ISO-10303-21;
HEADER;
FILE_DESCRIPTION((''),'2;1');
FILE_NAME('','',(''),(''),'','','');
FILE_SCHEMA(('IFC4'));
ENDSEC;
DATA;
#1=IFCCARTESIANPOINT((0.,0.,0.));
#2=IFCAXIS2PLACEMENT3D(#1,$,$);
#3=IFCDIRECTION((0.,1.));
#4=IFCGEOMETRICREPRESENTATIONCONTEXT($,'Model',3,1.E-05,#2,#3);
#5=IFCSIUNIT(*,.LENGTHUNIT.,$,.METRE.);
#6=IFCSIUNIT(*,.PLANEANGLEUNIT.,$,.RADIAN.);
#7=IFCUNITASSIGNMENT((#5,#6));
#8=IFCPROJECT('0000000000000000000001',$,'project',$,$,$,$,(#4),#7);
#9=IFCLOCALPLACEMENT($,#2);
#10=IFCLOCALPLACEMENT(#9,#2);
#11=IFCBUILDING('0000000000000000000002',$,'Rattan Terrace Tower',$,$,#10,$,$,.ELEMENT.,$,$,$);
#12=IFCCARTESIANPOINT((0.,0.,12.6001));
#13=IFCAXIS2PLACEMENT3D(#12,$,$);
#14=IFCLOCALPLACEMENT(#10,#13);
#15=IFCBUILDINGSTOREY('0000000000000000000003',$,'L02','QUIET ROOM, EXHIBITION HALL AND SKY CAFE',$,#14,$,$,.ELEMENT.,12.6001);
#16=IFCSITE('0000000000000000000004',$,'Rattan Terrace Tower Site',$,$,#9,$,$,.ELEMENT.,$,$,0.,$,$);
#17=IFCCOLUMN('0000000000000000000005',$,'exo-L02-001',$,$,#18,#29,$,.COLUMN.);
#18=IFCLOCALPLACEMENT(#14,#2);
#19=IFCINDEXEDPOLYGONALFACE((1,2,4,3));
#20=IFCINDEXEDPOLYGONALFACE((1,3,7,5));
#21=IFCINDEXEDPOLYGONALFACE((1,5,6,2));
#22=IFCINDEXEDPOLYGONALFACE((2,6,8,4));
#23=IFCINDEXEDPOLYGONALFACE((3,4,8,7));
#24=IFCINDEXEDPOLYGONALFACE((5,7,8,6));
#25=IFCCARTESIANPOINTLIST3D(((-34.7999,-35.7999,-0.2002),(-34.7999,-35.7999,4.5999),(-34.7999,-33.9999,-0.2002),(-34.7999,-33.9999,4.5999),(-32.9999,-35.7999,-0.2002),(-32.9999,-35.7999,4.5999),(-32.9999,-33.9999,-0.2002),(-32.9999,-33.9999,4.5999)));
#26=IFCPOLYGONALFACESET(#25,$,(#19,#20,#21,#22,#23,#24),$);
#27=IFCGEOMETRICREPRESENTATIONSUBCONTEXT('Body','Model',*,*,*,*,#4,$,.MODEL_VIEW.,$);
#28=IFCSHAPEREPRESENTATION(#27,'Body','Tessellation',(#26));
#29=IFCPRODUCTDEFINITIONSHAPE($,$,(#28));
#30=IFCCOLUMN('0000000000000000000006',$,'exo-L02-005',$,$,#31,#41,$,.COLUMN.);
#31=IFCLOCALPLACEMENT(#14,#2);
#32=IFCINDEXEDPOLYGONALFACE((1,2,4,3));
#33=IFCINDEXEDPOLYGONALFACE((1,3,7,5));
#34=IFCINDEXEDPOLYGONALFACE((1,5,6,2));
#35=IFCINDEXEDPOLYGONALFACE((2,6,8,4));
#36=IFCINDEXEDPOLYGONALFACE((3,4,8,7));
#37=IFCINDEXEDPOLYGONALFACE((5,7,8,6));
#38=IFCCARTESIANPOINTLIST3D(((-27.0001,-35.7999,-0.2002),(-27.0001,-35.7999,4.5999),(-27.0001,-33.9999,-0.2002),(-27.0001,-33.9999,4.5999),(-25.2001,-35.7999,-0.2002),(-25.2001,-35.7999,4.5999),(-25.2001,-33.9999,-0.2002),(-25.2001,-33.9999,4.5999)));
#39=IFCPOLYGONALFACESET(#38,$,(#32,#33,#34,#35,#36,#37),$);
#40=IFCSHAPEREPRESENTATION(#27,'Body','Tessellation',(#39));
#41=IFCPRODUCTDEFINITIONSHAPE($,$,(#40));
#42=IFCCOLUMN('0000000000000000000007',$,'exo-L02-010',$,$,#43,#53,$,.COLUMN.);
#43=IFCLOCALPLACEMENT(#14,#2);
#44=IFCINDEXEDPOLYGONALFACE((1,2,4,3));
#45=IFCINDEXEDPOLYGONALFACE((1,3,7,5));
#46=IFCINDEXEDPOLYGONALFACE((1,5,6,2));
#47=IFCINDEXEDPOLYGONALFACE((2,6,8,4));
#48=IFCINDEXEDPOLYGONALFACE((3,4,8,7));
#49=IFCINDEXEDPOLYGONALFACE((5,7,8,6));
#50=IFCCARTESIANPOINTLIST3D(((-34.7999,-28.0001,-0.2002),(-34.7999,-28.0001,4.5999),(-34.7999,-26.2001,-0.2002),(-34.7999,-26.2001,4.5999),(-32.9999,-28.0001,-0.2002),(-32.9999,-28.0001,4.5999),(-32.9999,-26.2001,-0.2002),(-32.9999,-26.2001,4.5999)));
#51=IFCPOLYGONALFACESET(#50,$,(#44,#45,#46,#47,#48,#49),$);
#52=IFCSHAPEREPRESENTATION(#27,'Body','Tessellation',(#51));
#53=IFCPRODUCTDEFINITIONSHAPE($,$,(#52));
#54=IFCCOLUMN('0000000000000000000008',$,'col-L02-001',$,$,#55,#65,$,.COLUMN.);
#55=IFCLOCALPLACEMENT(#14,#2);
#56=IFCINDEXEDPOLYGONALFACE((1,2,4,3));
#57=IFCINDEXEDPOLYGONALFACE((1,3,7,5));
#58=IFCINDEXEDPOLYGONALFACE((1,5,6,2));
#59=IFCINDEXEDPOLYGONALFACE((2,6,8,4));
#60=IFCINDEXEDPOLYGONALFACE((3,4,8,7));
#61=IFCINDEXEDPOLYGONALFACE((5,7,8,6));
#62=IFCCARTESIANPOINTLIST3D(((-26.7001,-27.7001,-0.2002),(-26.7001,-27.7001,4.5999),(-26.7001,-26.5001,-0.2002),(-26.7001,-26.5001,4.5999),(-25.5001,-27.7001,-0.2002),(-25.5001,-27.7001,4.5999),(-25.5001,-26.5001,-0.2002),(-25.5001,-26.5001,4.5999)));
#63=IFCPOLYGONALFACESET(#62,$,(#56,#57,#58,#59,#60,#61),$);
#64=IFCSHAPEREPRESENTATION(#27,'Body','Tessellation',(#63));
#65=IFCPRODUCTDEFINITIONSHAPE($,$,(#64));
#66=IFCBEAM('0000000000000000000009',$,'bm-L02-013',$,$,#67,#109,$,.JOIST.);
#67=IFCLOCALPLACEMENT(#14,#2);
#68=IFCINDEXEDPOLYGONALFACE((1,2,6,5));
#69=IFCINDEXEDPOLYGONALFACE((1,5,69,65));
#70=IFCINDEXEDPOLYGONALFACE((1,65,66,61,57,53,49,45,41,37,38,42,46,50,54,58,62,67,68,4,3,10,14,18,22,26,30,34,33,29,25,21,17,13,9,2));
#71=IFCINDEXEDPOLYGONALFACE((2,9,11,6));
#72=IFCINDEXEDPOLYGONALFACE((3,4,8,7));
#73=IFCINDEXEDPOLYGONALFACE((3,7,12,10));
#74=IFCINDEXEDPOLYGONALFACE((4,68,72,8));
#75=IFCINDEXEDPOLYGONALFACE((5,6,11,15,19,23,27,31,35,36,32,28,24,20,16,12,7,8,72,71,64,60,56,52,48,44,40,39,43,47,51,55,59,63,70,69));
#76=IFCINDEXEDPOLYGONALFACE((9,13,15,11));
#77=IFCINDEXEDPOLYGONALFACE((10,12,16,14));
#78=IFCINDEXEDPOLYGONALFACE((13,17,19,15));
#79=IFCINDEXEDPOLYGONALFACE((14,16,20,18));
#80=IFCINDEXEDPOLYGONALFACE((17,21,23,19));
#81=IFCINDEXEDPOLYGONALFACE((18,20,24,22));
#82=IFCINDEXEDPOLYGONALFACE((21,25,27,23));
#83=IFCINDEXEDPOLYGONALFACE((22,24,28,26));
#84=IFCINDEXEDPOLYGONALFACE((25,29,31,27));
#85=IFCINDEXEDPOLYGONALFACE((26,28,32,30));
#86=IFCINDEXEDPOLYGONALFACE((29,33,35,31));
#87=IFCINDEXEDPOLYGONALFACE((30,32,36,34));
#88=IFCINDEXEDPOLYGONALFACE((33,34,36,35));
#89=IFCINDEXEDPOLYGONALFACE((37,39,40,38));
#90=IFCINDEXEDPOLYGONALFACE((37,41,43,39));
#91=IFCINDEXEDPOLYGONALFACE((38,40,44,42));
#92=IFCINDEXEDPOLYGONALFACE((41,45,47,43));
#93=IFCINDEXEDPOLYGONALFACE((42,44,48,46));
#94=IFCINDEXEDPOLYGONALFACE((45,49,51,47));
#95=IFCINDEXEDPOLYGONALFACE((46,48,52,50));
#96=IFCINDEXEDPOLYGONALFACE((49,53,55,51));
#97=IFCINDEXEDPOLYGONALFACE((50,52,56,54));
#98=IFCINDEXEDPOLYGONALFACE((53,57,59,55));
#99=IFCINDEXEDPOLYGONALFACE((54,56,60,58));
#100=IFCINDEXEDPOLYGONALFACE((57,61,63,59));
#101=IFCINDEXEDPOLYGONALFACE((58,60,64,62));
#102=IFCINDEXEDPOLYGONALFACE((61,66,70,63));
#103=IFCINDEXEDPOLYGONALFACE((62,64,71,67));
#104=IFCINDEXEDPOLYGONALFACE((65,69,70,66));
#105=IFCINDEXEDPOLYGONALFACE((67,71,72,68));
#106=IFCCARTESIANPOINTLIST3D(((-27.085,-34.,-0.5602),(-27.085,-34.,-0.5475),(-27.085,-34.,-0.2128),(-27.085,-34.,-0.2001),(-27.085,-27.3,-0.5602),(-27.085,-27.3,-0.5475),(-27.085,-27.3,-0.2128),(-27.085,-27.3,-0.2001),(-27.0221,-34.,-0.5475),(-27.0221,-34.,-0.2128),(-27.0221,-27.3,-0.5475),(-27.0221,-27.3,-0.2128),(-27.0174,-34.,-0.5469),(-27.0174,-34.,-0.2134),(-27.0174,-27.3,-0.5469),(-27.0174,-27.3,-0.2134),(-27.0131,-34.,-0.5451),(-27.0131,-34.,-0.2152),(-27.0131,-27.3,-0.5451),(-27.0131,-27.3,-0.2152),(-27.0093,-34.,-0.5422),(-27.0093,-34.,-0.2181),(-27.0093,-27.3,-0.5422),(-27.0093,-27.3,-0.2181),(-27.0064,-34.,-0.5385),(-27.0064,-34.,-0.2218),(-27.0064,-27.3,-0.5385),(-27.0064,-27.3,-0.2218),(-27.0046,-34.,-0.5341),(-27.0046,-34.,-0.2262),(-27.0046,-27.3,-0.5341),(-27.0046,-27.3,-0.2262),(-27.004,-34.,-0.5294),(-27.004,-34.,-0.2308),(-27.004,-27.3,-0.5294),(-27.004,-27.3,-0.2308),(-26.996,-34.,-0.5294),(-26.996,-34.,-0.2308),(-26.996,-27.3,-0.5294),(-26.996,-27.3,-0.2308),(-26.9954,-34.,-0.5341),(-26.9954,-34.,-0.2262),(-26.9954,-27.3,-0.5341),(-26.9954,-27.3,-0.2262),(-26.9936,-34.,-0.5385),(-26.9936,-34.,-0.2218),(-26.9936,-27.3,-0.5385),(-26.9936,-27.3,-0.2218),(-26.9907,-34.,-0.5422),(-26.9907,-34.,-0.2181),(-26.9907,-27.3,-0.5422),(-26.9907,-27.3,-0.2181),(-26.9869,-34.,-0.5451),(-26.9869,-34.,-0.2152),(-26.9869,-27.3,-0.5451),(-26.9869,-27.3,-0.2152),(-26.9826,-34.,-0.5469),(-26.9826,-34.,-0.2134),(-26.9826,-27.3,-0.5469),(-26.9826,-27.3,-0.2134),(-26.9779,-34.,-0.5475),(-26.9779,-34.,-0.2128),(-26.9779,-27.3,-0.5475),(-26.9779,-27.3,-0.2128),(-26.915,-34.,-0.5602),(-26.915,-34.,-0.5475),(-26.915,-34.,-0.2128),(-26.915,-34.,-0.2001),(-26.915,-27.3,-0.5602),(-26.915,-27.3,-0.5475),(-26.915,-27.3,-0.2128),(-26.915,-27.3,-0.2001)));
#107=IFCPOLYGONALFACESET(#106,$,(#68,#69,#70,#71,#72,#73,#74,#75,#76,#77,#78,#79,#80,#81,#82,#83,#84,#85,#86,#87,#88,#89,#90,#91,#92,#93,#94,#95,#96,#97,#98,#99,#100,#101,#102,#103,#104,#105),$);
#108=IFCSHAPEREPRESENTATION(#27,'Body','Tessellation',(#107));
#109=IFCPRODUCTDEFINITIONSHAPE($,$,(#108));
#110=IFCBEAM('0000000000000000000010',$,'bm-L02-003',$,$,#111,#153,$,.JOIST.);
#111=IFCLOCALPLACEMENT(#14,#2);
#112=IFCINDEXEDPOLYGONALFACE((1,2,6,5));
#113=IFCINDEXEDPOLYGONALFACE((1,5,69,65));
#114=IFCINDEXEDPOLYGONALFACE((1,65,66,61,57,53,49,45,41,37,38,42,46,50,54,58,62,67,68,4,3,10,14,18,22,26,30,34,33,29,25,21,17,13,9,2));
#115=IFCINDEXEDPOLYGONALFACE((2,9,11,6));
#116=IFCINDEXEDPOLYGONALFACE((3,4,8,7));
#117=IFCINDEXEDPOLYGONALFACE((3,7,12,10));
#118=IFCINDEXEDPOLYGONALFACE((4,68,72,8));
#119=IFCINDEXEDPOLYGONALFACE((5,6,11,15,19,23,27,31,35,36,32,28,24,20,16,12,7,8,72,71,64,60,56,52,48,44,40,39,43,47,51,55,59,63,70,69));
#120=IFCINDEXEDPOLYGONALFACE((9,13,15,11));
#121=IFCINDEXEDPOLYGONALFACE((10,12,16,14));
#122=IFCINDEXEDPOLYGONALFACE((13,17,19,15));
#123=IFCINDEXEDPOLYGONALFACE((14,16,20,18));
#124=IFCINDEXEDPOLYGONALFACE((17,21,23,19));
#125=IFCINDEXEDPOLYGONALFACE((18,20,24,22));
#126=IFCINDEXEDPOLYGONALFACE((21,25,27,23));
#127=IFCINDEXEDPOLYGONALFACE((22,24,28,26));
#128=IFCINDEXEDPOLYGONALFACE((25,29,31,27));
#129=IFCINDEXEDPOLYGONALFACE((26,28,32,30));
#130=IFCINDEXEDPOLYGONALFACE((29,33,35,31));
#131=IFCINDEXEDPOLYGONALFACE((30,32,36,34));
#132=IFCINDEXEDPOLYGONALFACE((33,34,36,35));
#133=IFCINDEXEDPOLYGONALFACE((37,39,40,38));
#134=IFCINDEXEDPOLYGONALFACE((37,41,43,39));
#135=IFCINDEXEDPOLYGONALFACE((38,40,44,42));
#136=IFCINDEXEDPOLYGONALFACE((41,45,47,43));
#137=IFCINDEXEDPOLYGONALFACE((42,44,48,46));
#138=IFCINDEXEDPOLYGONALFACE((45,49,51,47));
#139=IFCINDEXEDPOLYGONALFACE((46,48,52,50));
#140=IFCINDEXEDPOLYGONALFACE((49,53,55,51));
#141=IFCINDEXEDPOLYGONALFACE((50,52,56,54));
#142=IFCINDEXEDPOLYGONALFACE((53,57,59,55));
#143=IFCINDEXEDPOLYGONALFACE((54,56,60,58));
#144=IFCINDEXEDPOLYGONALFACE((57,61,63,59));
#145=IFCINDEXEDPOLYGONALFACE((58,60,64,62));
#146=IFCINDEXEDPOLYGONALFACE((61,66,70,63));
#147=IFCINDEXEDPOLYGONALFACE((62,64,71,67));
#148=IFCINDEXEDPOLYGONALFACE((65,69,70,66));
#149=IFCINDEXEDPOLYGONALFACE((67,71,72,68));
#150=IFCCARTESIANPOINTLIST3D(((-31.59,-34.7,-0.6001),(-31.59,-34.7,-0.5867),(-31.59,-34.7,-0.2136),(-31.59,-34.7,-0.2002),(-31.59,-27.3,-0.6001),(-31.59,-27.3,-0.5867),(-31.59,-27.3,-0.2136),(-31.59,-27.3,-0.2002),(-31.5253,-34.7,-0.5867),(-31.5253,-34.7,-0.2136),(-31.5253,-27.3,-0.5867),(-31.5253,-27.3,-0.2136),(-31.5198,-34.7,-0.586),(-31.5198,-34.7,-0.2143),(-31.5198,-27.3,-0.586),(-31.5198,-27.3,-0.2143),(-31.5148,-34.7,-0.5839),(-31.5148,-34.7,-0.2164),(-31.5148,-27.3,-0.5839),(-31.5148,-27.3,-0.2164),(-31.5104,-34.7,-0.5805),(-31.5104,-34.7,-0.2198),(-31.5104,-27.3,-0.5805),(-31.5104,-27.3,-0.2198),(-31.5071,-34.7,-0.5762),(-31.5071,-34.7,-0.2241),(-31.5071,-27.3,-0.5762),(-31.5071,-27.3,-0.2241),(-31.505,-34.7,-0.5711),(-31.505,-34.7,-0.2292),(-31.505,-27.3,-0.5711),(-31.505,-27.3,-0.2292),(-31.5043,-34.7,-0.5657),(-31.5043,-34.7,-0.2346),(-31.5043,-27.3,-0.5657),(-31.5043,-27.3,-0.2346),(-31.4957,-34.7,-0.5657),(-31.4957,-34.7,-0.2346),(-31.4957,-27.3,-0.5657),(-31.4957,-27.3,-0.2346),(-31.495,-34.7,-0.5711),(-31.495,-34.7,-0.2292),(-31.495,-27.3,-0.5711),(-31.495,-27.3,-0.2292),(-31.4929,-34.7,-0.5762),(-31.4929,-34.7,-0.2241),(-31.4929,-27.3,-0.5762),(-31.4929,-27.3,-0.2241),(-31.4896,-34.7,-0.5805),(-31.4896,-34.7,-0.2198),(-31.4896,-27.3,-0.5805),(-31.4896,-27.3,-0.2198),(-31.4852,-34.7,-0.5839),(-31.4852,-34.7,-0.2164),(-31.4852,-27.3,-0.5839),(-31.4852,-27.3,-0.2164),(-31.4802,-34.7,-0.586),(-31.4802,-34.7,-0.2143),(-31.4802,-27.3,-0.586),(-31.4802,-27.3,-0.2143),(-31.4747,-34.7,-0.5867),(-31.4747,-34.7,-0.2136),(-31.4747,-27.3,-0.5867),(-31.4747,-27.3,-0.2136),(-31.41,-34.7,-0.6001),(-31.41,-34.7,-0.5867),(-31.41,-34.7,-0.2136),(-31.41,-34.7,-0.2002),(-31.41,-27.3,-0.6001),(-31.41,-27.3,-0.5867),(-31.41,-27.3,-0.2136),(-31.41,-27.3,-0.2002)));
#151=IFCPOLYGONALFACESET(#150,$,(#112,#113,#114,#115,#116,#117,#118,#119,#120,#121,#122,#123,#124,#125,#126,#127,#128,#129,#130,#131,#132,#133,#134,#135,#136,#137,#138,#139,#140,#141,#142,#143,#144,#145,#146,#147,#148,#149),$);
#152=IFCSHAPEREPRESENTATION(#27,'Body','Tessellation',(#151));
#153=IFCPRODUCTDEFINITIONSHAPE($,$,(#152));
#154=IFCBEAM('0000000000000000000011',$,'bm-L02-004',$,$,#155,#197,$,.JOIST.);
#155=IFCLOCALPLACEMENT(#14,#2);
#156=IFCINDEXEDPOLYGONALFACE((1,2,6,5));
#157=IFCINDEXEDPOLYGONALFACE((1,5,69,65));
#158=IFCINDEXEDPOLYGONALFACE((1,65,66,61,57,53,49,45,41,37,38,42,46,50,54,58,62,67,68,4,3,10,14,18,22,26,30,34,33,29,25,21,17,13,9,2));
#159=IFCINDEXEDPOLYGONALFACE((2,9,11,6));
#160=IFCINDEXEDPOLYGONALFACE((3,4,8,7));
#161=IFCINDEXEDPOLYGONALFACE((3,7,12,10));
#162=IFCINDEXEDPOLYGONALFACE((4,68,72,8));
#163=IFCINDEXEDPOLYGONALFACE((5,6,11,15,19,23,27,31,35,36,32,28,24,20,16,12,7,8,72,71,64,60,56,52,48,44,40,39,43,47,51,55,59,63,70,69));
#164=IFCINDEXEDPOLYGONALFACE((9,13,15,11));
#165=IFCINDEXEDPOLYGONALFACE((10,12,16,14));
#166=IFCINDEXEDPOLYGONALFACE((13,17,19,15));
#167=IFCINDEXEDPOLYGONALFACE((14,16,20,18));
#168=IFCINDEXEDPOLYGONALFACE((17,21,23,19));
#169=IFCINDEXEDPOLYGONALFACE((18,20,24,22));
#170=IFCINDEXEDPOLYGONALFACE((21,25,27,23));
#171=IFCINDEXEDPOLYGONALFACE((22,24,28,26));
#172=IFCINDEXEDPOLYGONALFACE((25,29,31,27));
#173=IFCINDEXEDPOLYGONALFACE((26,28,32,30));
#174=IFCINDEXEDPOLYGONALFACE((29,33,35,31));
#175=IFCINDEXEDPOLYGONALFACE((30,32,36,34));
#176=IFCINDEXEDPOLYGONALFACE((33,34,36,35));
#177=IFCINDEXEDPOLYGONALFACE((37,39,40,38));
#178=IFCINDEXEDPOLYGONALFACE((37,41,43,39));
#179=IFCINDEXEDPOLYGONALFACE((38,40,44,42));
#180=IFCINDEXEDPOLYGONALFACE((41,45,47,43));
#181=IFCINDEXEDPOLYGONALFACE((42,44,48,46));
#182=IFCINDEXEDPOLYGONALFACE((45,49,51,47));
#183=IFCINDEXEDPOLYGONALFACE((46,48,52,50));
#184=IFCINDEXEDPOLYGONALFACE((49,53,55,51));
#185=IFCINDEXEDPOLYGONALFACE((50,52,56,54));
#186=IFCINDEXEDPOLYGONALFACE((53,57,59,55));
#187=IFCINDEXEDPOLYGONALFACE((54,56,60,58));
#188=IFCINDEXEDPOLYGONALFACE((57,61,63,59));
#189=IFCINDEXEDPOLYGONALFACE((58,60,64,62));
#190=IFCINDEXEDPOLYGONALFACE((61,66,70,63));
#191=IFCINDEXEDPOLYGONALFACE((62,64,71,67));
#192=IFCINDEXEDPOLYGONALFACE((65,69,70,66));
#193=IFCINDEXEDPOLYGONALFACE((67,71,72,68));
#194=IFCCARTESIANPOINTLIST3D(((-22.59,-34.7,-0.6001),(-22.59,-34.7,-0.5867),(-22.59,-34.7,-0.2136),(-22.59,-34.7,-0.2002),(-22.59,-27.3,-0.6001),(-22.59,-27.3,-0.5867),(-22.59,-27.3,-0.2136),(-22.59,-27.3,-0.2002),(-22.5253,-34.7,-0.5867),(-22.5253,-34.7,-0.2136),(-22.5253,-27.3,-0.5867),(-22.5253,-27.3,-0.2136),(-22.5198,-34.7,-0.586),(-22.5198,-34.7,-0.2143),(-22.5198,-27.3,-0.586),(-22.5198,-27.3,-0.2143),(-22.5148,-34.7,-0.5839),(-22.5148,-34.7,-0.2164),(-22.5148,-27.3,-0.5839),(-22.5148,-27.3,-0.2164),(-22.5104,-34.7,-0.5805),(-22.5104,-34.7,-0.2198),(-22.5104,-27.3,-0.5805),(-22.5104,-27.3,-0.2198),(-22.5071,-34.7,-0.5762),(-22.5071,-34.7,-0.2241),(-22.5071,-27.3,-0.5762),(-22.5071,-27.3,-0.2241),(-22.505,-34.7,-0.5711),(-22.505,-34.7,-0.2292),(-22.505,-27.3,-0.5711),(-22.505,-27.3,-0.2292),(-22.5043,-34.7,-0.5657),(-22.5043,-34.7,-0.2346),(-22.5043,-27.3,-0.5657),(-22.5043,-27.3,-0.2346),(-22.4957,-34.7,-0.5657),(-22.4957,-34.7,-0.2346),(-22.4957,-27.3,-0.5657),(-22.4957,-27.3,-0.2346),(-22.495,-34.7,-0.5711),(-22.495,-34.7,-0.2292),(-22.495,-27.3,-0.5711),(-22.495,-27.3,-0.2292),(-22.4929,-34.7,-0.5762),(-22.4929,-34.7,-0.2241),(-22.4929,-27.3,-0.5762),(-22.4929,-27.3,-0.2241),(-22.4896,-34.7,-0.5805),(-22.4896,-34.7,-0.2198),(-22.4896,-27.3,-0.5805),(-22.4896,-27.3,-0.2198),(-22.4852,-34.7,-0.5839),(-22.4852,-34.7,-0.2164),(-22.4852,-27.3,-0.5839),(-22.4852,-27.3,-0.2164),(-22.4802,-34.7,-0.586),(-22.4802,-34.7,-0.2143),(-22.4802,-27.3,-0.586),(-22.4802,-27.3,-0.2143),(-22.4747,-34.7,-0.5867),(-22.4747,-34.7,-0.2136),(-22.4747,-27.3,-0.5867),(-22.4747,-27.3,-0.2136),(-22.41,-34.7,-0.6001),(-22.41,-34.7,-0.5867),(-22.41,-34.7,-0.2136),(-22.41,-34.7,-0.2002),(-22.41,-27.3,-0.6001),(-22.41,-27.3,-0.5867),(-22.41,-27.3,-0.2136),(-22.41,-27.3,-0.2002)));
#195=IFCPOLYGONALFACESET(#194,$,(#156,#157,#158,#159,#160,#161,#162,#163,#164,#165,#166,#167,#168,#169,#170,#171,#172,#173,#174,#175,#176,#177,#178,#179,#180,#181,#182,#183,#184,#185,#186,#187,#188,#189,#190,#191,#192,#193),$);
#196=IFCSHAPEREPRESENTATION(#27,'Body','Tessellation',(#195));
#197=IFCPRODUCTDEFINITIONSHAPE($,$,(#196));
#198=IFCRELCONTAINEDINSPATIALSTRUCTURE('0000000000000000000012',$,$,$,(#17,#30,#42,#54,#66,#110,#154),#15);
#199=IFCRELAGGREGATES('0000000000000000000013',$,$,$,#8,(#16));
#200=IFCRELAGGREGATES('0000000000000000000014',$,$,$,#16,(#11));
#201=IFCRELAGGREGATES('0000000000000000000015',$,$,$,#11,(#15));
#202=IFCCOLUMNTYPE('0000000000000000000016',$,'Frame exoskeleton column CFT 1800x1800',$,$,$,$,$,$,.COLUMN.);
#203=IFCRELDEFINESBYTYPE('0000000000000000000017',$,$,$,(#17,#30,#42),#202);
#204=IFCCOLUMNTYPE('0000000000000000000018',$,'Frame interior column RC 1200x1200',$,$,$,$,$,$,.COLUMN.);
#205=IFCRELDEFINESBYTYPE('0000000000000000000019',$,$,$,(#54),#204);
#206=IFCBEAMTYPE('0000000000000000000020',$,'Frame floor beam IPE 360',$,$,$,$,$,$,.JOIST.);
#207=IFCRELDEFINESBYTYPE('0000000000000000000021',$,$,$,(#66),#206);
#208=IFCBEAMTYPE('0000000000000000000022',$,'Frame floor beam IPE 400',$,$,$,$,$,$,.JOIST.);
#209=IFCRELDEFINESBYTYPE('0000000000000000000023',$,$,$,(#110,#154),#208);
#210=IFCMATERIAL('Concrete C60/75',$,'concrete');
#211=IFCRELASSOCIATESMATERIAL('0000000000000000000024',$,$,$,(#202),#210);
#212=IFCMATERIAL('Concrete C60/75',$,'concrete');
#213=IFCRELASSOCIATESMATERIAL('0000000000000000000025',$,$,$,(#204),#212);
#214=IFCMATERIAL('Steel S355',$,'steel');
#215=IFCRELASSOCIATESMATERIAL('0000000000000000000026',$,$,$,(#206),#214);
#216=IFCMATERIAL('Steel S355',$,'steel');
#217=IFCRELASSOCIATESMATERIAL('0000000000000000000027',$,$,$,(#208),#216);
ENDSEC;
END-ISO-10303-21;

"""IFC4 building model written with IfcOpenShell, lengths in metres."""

from ifc_helpers import new_model, si_unit, direction, frame, origin, origin_2d, place, context, subcontext, project, spatial, rectangle, i_section, extrude, material, material_profile, profile_set, type_object, element, save


model = new_model("IFC4")

# Units and contexts
model_context = context("Model", 3, precision=1e-05, world=origin(), true_north=direction((0.0, 1.0)))
body_context = subcontext(model_context, "Body", "Model", "MODEL_VIEW")
ifc_project = project(units=[si_unit("LENGTHUNIT", "METRE"), si_unit("PLANEANGLEUNIT", "RADIAN")], contexts=[model_context])

# Site, building, storey
site_placement = place(None, origin())
site = spatial("IfcSite", under=ifc_project, at=site_placement, Name="Rattan Terrace Tower Site", CompositionType="ELEMENT", RefElevation=0.0)
building_placement = place(site_placement, origin())
building = spatial("IfcBuilding", under=site, at=building_placement, Name="Rattan Terrace Tower", CompositionType="ELEMENT")
storey_placement = place(building_placement, frame((0.0, 0.0, 12.6001)))
storey = spatial("IfcBuildingStorey", under=building, at=storey_placement, Name="L02", Description="QUIET ROOM, EXHIBITION HALL AND SKY CAFE", CompositionType="ELEMENT", Elevation=12.6001)

# Columns
ifc_material_1 = material(Name="Concrete C60/75", Category="concrete")
ifc_material_profile_1 = material_profile(ifc_material_1, rectangle(XDim=1.8, YDim=1.8, at=origin_2d()), Name="CFT 1800x1800")
ifc_profile_set_1 = profile_set([ifc_material_profile_1], Name="Concrete C60/75")
column_type_1 = type_object("IfcColumnType", Name="Frame exoskeleton column CFT 1800x1800", PredefinedType="COLUMN", material=ifc_profile_set_1)
for number, where, z_axis, x_axis, name in (
    (1, (-33.8999, -34.8999, -0.2002), (0.0, 0.0, 1.0), (1.0, 0.0, 0.0), "exo-L02-001"),
    (2, (-26.1001, -34.8999, -0.2002), (0.0, 0.0, 1.0), (1.0, 0.0, 0.0), "exo-L02-005"),
    (3, (-33.8999, -27.1001, -0.2002), (0.0, 0.0, 1.0), (0.0, 1.0, 0.0), "exo-L02-010"),
):
    element("IfcColumn", number, at=place(storey_placement, frame(where, z_axis=z_axis, x_axis=x_axis)), inside=storey, type_object=column_type_1, Name=name, PredefinedType="COLUMN", context=body_context, shape_type="SweptSolid", body=[
        extrude(rectangle(XDim=1.8, YDim=1.8, at=origin_2d()), origin(), (0.0, 0.0, 1.0), 4.8),
    ])
ifc_material_2 = material(Name="Concrete C60/75", Category="concrete")
ifc_material_profile_2 = material_profile(ifc_material_2, rectangle(XDim=1.2, YDim=1.2, at=origin_2d()), Name="RC 1200x1200")
ifc_profile_set_2 = profile_set([ifc_material_profile_2], Name="Concrete C60/75")
column_type_2 = type_object("IfcColumnType", Name="Frame interior column RC 1200x1200", PredefinedType="COLUMN", material=ifc_profile_set_2)
column_placement = place(storey_placement, frame((-26.1001, -27.1001, -0.2002), z_axis=(0.0, 0.0, 1.0), x_axis=(1.0, 0.0, 0.0)))
element("IfcColumn", 4, at=column_placement, inside=storey, type_object=column_type_2, Name="col-L02-001", PredefinedType="COLUMN", context=body_context, shape_type="SweptSolid", body=[
    extrude(rectangle(XDim=1.2, YDim=1.2, at=origin_2d()), origin(), (0.0, 0.0, 1.0), 4.8),
])

# Beams
ifc_material_3 = material(Name="Steel S355", Category="steel")
ifc_material_profile_3 = material_profile(ifc_material_3, i_section(OverallWidth=0.1699, OverallDepth=0.3601, WebThickness=0.0081, FlangeThickness=0.0127, FilletRadius=0.0181, at=origin_2d()), Name="IPE 360")
ifc_profile_set_3 = profile_set([ifc_material_profile_3], Name="Steel S355")
beam_type_1 = type_object("IfcBeamType", Name="Frame floor beam IPE 360", PredefinedType="JOIST", material=ifc_profile_set_3)
beam_1_placement = place(storey_placement, frame((-27.0, -34.0, -0.3801), z_axis=(0.0, 1.0, 0.0), x_axis=(-1.0, 0.0, 0.0)))
element("IfcBeam", 5, at=beam_1_placement, inside=storey, type_object=beam_type_1, Name="bm-L02-013", PredefinedType="JOIST", context=body_context, shape_type="SweptSolid", body=[
    extrude(i_section(OverallWidth=0.1699, OverallDepth=0.3601, WebThickness=0.0081, FlangeThickness=0.0127, FilletRadius=0.0181, at=origin_2d()), origin(), (0.0, 0.0, 1.0), 6.7),
])
ifc_material_4 = material(Name="Steel S355", Category="steel")
ifc_material_profile_4 = material_profile(ifc_material_4, i_section(OverallWidth=0.1799, OverallDepth=0.3999, WebThickness=0.0085, FlangeThickness=0.0134, FilletRadius=0.021, at=origin_2d()), Name="IPE 400")
ifc_profile_set_4 = profile_set([ifc_material_profile_4], Name="Steel S355")
beam_type_2 = type_object("IfcBeamType", Name="Frame floor beam IPE 400", PredefinedType="JOIST", material=ifc_profile_set_4)
for number, where, z_axis, x_axis, name in (
    (6, (-31.5, -34.7, -0.4001), (0.0, 1.0, 0.0), (-1.0, 0.0, 0.0), "bm-L02-003"),
    (7, (-22.5, -34.7, -0.4001), (0.0, 1.0, 0.0), (-1.0, 0.0, 0.0), "bm-L02-004"),
):
    element("IfcBeam", number, at=place(storey_placement, frame(where, z_axis=z_axis, x_axis=x_axis)), inside=storey, type_object=beam_type_2, Name=name, PredefinedType="JOIST", context=body_context, shape_type="SweptSolid", body=[
        extrude(i_section(OverallWidth=0.1799, OverallDepth=0.3999, WebThickness=0.0085, FlangeThickness=0.0134, FilletRadius=0.021, at=origin_2d()), origin(), (0.0, 0.0, 1.0), 7.3999),
    ])

save(model, "model.ifc")
